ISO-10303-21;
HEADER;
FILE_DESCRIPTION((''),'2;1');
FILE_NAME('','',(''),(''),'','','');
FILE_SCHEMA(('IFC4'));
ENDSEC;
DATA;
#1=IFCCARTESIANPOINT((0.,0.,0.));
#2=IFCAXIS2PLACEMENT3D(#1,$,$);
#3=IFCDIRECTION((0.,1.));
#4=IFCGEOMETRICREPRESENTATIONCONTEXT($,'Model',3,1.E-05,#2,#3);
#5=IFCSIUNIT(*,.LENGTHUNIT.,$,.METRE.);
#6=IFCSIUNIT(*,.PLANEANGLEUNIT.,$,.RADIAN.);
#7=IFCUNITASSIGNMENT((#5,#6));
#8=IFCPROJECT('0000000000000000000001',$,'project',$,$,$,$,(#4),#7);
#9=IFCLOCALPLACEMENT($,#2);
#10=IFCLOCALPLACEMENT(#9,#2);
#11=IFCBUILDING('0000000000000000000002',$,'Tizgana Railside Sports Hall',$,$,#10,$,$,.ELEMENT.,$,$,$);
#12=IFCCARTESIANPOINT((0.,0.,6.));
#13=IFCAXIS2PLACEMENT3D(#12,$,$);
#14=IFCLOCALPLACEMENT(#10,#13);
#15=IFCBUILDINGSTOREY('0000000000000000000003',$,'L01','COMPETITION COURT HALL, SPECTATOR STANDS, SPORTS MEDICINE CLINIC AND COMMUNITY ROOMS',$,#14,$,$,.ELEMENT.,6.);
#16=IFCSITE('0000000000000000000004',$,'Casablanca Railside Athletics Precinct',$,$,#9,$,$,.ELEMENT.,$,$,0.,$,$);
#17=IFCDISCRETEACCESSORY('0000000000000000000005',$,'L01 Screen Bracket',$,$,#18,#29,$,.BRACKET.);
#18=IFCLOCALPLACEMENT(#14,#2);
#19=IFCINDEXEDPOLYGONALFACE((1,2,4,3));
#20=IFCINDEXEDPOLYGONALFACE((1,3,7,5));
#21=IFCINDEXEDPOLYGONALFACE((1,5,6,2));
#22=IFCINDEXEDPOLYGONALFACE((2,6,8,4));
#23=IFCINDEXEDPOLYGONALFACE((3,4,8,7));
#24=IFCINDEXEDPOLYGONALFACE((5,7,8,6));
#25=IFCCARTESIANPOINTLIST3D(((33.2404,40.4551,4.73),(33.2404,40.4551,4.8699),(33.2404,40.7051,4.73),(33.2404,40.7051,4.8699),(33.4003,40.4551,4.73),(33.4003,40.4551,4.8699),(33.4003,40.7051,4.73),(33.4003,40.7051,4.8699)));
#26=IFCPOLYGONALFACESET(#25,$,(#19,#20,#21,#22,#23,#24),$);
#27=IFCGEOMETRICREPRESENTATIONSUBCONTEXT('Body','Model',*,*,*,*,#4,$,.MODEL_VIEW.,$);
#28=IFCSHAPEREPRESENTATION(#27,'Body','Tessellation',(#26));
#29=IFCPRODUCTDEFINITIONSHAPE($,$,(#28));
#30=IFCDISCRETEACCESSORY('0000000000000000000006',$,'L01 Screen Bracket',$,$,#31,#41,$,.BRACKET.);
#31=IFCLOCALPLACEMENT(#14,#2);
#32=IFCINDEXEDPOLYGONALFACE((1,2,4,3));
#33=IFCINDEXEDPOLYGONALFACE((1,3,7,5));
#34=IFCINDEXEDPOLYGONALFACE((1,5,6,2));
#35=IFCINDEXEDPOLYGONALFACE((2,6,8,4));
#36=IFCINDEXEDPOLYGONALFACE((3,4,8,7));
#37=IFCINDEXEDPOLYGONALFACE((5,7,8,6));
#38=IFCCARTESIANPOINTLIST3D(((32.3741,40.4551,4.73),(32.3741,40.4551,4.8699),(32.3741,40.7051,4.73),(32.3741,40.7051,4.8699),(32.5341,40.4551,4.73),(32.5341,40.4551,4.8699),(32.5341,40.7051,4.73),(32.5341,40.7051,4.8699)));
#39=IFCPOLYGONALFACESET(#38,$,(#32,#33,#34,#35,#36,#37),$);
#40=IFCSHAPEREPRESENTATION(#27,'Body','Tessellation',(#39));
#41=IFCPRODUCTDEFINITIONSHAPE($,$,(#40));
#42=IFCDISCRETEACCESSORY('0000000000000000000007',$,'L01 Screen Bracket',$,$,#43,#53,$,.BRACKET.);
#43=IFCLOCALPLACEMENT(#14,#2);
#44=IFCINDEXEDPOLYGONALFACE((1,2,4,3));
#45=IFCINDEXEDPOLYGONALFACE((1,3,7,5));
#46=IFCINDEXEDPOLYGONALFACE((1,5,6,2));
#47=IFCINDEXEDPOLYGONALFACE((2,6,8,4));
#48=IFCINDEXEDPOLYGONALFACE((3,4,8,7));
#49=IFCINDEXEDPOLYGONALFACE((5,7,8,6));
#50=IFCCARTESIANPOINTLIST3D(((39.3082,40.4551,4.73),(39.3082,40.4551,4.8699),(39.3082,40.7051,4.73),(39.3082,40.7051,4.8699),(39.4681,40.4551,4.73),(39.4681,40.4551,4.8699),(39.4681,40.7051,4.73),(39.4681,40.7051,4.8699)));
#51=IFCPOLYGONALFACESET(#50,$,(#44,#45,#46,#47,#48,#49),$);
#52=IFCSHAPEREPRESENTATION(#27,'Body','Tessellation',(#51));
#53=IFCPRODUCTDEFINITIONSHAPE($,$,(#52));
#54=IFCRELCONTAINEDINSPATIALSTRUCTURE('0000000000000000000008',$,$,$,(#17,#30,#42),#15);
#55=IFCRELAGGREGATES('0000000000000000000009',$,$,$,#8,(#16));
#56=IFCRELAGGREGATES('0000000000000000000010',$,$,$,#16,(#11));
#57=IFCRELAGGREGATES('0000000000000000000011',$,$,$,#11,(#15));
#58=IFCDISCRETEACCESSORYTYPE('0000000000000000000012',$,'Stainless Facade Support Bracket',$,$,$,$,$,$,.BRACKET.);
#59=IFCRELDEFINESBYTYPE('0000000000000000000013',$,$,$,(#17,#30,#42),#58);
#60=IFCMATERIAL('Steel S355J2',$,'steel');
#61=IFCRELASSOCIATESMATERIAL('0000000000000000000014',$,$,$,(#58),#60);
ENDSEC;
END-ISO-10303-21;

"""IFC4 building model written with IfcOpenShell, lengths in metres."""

from ifc_helpers import new_model, si_unit, direction, frame, origin, origin_2d, place, context, subcontext, project, spatial, rectangle, extrude, material, type_object, element, save


model = new_model("IFC4")

# Units and contexts
model_context = context("Model", 3, precision=1e-05, world=origin(), true_north=direction((0.0, 1.0)))
body_context = subcontext(model_context, "Body", "Model", "MODEL_VIEW")
ifc_project = project(units=[si_unit("LENGTHUNIT", "METRE"), si_unit("PLANEANGLEUNIT", "RADIAN")], contexts=[model_context])

# Site, building, storey
site_placement = place(None, origin())
site = spatial("IfcSite", under=ifc_project, at=site_placement, Name="Casablanca Railside Athletics Precinct", CompositionType="ELEMENT", RefElevation=0.0)
building_placement = place(site_placement, origin())
building = spatial("IfcBuilding", under=site, at=building_placement, Name="Tizgana Railside Sports Hall", CompositionType="ELEMENT")
storey_placement = place(building_placement, frame((0.0, 0.0, 6.0)))
storey = spatial("IfcBuildingStorey", under=building, at=storey_placement, Name="L01", Description="COMPETITION COURT HALL, SPECTATOR STANDS, SPORTS MEDICINE CLINIC AND COMMUNITY ROOMS", CompositionType="ELEMENT", Elevation=6.0)

# Shared definitions
ifc_material_1 = material(Name="Steel S355J2", Category="steel")

# Discrete accessories
discrete_accessory_type = type_object("IfcDiscreteAccessoryType", Name="Stainless Facade Support Bracket", PredefinedType="BRACKET", material=ifc_material_1)
for number, where, z_axis, x_axis, name in (
    (1, (33.3203, 40.5801, 4.73), (0.0, 0.0, 1.0), (-1.0, 0.0, 0.0), "L01 Screen Bracket"),
    (2, (32.4541, 40.5801, 4.73), (0.0, 0.0, 1.0), (-1.0, 0.0, 0.0), "L01 Screen Bracket"),
    (3, (39.3882, 40.5801, 4.73), (0.0, 0.0, 1.0), (-1.0, 0.0, 0.0), "L01 Screen Bracket"),
):
    element("IfcDiscreteAccessory", number, at=place(storey_placement, frame(where, z_axis=z_axis, x_axis=x_axis)), inside=storey, type_object=discrete_accessory_type, Name=name, PredefinedType="BRACKET", context=body_context, shape_type="SweptSolid", body=[
        extrude(rectangle(XDim=0.1599, YDim=0.25, at=origin_2d()), origin(), (0.0, 0.0, 1.0), 0.1399),
    ])

save(model, "model.ifc")
